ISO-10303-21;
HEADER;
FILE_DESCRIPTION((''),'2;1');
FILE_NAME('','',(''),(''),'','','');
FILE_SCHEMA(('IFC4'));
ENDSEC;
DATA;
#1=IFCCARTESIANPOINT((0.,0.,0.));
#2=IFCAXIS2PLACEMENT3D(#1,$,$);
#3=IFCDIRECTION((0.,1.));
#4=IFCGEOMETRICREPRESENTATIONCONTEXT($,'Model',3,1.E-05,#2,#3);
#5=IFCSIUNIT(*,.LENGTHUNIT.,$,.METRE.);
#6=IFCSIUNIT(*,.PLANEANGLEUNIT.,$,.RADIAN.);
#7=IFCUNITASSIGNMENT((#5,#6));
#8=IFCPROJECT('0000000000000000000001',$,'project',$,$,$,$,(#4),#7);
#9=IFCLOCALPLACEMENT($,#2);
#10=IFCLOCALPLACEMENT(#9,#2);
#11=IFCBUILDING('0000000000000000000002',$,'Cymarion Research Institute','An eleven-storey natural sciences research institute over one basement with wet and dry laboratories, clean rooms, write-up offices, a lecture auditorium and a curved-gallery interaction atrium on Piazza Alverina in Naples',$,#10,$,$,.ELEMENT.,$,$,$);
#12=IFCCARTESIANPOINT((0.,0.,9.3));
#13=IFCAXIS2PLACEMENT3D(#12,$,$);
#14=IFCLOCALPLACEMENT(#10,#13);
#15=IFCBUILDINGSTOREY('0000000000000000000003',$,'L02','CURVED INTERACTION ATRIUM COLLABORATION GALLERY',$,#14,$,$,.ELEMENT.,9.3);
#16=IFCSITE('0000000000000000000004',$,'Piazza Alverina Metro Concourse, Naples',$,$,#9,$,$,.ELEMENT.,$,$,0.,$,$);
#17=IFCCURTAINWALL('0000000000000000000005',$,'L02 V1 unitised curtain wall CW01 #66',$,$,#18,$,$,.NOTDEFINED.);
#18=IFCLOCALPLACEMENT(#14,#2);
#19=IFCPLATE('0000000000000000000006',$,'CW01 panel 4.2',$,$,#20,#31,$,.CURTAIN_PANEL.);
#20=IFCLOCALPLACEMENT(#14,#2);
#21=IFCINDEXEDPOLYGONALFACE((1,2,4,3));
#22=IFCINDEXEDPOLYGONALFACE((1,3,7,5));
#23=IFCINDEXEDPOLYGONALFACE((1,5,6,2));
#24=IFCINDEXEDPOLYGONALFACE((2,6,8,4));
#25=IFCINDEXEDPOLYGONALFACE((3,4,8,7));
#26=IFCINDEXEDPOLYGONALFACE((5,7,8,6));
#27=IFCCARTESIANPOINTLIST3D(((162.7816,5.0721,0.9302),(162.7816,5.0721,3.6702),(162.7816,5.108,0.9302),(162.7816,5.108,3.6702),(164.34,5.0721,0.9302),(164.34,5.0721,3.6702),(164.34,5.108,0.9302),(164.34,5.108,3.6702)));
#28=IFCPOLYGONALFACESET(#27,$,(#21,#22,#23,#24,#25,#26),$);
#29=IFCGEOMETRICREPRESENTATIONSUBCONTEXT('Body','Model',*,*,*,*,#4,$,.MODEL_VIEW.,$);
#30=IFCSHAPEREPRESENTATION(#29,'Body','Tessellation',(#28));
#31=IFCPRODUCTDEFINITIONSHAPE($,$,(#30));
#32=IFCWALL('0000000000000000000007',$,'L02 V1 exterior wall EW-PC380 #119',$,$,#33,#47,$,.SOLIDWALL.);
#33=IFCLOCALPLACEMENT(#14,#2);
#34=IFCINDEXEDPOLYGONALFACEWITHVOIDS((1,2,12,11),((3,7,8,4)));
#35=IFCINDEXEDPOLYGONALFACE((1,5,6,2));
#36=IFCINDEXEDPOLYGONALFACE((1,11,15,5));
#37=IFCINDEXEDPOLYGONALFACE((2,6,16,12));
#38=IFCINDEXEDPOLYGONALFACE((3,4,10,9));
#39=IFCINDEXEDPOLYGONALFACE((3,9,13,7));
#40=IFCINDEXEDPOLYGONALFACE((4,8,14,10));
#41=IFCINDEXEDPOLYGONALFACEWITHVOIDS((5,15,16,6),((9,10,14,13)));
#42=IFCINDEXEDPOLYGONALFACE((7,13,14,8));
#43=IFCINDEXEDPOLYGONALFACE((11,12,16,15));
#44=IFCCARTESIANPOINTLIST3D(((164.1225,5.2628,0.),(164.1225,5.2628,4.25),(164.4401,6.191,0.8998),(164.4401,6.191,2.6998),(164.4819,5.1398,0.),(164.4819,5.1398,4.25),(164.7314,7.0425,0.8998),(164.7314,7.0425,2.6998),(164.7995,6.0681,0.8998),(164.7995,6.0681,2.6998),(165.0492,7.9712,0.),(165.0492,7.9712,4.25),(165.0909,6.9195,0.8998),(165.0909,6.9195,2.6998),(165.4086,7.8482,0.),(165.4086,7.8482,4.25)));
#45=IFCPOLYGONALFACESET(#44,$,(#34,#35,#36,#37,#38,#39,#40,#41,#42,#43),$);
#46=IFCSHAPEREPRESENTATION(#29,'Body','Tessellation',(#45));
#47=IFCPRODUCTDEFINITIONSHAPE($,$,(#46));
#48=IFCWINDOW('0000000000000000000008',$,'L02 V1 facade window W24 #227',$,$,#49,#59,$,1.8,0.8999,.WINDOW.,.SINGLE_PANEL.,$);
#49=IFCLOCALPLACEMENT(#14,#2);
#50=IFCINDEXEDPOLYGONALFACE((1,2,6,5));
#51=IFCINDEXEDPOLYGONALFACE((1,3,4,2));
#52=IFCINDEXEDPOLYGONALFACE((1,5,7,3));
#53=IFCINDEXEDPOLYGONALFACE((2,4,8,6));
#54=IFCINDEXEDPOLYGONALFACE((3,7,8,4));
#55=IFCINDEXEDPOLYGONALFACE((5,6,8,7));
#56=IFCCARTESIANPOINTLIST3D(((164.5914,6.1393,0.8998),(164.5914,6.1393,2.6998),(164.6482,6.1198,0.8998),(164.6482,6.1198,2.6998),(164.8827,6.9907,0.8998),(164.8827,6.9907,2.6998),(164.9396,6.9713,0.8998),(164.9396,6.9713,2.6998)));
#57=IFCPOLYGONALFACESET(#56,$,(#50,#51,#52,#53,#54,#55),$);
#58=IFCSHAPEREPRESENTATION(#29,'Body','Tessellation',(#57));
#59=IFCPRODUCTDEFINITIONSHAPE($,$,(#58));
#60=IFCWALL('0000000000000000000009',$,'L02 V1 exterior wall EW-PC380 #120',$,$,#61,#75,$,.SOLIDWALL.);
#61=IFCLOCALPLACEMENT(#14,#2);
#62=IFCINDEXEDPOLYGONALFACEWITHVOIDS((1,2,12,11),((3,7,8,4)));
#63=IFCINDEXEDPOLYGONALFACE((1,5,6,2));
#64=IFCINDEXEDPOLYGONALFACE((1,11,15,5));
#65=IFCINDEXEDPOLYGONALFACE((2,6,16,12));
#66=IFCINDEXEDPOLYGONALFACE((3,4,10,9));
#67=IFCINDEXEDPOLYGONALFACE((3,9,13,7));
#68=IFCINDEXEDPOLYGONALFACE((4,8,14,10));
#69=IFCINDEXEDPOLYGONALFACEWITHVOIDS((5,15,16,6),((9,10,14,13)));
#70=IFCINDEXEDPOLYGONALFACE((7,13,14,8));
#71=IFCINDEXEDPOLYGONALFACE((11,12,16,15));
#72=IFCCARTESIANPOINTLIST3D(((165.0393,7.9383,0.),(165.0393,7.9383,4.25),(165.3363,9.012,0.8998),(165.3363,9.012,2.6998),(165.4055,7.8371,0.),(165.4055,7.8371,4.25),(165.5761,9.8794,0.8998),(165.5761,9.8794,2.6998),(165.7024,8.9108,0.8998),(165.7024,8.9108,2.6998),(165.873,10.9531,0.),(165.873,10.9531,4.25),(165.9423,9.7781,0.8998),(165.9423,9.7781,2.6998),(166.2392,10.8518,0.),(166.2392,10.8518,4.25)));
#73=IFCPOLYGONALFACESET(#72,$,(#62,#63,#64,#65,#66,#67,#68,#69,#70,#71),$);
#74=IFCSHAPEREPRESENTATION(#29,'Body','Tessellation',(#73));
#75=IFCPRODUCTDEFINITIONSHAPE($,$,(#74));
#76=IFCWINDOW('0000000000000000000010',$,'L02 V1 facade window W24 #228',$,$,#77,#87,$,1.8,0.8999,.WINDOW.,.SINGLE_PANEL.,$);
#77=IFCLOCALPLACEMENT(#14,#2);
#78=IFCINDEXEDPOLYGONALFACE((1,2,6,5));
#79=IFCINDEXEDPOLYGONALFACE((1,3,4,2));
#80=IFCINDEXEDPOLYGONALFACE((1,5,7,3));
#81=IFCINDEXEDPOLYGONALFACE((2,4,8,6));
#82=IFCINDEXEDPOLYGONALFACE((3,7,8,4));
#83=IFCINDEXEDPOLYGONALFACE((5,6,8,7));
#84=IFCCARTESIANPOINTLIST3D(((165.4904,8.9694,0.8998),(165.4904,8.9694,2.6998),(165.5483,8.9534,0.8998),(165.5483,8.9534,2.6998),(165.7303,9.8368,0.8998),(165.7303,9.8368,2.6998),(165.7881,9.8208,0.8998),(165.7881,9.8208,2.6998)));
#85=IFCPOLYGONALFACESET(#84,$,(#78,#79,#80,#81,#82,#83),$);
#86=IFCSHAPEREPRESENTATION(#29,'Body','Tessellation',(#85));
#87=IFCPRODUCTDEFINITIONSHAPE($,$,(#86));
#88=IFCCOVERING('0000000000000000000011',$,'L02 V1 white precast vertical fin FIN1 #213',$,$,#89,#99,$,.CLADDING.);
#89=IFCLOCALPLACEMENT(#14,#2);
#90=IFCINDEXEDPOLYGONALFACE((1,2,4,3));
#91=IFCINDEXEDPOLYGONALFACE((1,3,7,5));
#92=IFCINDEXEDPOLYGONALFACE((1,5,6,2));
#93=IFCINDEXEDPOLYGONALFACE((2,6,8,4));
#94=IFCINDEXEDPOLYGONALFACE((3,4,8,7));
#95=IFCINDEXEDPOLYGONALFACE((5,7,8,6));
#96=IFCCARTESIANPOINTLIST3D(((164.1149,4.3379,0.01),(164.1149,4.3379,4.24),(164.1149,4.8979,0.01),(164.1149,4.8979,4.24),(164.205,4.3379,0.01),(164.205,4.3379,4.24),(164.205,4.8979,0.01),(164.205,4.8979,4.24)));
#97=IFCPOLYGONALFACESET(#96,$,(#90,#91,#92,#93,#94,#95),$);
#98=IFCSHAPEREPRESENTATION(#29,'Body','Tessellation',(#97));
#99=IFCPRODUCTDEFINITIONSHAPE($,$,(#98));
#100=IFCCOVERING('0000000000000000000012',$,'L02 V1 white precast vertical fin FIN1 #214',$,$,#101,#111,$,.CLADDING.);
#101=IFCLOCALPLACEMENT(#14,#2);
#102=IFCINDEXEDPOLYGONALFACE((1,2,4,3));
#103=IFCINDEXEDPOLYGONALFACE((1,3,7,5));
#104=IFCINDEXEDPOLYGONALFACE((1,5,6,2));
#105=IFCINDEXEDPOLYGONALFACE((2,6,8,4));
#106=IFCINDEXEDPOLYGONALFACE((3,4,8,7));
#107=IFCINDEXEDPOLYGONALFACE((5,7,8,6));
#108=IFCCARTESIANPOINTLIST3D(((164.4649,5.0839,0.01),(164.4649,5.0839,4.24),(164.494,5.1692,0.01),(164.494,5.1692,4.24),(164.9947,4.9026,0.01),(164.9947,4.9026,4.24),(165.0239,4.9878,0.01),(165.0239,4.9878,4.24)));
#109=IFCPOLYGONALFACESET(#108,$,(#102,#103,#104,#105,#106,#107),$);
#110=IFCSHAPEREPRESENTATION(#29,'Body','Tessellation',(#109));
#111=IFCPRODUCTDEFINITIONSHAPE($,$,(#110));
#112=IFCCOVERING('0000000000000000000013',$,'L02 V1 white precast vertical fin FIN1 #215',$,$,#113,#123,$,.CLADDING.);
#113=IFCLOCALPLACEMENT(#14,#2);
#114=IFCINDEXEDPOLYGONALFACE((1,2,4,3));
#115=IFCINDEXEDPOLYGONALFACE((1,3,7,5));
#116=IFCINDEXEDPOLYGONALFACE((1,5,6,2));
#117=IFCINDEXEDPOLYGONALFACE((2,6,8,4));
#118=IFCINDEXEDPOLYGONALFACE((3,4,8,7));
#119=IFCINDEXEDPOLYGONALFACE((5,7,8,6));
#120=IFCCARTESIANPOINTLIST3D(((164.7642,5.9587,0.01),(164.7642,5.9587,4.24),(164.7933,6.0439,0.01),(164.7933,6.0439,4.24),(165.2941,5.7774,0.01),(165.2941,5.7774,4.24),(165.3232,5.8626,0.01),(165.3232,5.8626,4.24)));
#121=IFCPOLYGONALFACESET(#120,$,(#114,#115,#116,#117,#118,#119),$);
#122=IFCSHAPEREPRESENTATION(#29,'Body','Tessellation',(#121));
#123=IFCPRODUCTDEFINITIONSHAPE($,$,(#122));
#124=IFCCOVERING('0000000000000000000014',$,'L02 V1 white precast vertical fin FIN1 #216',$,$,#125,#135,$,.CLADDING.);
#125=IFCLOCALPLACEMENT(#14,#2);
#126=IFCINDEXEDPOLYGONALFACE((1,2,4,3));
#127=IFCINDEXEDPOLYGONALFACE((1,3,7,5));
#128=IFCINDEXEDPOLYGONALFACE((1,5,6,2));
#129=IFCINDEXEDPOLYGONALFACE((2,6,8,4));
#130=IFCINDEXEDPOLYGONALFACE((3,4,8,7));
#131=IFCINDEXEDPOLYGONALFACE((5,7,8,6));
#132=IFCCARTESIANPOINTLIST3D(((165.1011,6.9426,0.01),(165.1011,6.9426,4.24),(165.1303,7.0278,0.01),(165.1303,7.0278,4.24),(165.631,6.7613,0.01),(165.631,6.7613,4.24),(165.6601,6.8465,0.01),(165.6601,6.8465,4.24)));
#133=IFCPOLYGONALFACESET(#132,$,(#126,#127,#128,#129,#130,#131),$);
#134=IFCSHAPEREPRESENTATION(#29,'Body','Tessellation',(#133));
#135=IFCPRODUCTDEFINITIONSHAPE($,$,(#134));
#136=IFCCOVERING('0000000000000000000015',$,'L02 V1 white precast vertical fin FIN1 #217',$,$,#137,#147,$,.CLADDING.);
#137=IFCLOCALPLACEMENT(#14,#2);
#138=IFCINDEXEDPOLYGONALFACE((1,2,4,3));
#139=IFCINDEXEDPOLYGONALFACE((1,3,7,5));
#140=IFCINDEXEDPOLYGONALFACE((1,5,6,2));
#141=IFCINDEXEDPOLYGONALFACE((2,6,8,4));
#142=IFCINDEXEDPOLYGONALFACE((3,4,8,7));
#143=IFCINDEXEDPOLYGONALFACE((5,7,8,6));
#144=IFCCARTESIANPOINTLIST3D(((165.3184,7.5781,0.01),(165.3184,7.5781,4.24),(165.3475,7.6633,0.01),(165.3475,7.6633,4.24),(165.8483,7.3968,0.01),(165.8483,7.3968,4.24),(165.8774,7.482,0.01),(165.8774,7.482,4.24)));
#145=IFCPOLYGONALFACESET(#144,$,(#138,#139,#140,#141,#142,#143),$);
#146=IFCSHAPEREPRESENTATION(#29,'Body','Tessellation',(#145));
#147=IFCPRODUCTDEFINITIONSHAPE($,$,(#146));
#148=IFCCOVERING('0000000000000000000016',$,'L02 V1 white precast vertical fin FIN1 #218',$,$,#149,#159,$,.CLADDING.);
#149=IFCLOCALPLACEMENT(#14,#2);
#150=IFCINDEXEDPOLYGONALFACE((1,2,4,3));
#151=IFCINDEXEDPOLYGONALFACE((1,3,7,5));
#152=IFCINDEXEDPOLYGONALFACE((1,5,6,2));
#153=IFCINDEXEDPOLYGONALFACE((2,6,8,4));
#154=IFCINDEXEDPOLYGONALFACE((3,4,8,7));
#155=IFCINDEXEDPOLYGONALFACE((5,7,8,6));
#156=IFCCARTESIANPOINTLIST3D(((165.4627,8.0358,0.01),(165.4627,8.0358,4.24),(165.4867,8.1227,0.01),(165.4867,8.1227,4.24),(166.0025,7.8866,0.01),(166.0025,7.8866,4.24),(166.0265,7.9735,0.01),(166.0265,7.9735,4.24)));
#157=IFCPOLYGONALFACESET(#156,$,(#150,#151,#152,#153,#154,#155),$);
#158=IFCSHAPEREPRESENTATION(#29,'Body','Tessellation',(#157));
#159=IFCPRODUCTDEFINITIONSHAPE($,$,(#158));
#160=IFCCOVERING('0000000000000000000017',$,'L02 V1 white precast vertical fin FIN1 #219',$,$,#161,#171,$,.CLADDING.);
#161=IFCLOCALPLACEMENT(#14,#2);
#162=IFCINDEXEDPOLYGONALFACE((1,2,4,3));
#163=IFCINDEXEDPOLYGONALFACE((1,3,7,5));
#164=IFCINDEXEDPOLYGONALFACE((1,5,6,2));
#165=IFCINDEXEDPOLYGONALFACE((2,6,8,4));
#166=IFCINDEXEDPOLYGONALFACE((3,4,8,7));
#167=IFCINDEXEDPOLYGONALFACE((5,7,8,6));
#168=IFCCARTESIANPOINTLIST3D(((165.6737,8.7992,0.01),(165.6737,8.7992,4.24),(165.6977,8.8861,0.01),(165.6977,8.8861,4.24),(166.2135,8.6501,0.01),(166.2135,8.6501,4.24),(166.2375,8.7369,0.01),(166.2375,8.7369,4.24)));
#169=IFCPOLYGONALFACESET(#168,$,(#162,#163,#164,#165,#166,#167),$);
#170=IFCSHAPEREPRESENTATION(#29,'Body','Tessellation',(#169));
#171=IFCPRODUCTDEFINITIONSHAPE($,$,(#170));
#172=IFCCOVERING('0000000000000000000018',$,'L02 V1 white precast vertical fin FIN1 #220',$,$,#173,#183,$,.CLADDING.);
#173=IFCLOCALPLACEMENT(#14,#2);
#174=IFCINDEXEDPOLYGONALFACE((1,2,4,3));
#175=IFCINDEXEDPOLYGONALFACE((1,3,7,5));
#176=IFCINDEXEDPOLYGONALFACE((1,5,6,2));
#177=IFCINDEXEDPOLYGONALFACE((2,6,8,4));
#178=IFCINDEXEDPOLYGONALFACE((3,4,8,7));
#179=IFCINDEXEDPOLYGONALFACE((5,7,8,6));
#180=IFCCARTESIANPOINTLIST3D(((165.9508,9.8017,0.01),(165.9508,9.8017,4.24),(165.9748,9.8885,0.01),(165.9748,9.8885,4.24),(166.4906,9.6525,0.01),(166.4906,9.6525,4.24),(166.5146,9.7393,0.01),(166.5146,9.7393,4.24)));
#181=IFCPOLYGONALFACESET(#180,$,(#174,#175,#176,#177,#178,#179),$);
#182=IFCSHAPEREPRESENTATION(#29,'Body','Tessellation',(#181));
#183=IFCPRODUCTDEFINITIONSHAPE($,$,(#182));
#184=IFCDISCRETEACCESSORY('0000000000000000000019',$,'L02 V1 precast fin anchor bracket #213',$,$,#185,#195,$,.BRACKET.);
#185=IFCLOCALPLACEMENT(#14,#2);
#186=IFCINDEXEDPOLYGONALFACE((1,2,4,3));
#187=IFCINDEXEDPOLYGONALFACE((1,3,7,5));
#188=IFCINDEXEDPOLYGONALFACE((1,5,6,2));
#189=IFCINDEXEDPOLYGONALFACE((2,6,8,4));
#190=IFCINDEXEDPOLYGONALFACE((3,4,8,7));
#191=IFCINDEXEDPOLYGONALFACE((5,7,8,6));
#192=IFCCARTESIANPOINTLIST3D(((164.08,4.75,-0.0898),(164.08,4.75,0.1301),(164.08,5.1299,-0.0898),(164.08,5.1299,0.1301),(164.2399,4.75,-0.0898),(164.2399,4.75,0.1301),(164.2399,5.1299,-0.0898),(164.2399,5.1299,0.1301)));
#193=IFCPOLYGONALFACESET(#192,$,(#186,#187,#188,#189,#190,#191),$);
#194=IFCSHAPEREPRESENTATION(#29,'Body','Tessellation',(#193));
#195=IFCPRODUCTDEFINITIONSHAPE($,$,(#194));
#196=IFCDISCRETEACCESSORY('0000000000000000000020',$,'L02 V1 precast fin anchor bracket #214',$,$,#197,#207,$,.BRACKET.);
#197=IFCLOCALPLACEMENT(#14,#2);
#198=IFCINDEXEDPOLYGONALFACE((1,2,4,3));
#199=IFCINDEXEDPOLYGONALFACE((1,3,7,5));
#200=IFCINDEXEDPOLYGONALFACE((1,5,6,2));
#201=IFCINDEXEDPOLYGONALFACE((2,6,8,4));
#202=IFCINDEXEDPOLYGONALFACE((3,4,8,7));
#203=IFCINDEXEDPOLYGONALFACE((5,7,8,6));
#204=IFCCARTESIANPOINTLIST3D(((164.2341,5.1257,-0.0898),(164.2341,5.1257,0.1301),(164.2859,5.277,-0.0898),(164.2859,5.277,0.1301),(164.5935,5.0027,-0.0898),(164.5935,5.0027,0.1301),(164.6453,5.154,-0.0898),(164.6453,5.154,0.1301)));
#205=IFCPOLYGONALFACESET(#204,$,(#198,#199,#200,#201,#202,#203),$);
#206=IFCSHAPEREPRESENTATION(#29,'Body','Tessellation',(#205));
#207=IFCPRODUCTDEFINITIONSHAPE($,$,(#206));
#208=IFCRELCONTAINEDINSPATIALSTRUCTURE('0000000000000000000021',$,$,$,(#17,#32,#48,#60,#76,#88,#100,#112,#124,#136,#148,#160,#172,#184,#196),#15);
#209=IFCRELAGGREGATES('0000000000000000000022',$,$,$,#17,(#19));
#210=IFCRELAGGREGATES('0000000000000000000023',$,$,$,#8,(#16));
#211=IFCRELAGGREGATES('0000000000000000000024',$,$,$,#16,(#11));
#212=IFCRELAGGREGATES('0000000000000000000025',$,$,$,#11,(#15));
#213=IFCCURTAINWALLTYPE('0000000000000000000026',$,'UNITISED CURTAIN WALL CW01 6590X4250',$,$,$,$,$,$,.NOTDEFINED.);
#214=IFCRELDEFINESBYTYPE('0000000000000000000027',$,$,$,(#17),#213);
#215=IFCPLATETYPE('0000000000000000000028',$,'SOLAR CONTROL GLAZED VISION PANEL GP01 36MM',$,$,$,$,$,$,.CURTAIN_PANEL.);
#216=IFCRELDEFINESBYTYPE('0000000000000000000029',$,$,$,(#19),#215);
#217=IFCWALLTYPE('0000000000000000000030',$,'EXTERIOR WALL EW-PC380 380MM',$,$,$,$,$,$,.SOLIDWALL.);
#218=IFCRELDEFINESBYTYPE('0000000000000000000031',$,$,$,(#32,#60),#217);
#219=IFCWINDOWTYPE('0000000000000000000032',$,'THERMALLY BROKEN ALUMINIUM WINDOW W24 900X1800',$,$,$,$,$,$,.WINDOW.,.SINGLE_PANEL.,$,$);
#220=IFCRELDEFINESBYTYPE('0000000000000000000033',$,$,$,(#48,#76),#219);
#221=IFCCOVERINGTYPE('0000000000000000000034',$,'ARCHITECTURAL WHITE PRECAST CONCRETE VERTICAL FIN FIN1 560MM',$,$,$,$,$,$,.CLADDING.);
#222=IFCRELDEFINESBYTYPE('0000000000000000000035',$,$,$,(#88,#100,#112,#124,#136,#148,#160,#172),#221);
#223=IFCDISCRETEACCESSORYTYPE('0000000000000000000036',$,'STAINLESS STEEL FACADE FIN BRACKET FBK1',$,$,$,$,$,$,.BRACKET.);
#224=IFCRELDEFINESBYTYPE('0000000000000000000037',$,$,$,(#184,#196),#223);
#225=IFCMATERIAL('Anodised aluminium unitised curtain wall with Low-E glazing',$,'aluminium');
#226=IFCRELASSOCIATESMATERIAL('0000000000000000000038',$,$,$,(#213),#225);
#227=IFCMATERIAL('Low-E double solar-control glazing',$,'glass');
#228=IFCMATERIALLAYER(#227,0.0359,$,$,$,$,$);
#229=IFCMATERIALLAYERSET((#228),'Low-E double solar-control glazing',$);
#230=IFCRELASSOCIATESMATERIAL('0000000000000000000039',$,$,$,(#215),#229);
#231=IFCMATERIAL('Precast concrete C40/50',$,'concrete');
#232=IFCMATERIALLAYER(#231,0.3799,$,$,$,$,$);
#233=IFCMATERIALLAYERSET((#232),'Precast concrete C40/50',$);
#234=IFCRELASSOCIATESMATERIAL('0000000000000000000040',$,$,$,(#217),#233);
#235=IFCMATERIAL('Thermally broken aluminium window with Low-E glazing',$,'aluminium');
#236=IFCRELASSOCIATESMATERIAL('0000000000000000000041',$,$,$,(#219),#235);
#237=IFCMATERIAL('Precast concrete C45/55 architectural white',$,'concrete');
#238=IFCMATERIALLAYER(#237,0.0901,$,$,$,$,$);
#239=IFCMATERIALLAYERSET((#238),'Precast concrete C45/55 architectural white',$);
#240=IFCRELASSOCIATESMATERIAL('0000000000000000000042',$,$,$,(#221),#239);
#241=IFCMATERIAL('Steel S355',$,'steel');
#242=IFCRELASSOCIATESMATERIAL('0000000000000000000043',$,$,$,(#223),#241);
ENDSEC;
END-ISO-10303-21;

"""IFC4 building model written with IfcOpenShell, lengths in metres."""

from ifc_helpers import new_model, si_unit, direction, frame, frame_2d, origin, origin_2d, place, context, subcontext, project, spatial, rectangle, extrude, material, layer, layer_set, type_object, element, fill, aggregate, save


model = new_model("IFC4")

# Units and contexts
model_context = context("Model", 3, precision=1e-05, world=origin(), true_north=direction((0.0, 1.0)))
body_context = subcontext(model_context, "Body", "Model", "MODEL_VIEW")
ifc_project = project(units=[si_unit("LENGTHUNIT", "METRE"), si_unit("PLANEANGLEUNIT", "RADIAN")], contexts=[model_context])

# Site, building, storey
site_placement = place(None, origin())
site = spatial("IfcSite", under=ifc_project, at=site_placement, Name="Piazza Alverina Metro Concourse, Naples", CompositionType="ELEMENT", RefElevation=0.0)
building_placement = place(site_placement, origin())
building = spatial("IfcBuilding", under=site, at=building_placement, Name="Cymarion Research Institute", Description="An eleven-storey natural sciences research institute over one basement with wet and dry laboratories, clean rooms, write-up offices, a lecture auditorium and a curved-gallery interaction atrium on Piazza Alverina in Naples", CompositionType="ELEMENT")
storey_placement = place(building_placement, frame((0.0, 0.0, 9.3)))
storey = spatial("IfcBuildingStorey", under=building, at=storey_placement, Name="L02", Description="CURVED INTERACTION ATRIUM COLLABORATION GALLERY", CompositionType="ELEMENT", Elevation=9.3)

# Shared definitions
ifc_material_1 = material(Name="Steel S355", Category="steel")

# Curtain wall
ifc_material_2 = material(Name="Anodised aluminium unitised curtain wall with Low-E glazing", Category="aluminium")
curtain_wall_type = type_object("IfcCurtainWallType", Name="UNITISED CURTAIN WALL CW01 6590X4250", PredefinedType="NOTDEFINED", material=ifc_material_2)
curtain_wall_placement = place(storey_placement, origin())
curtain_wall = element("IfcCurtainWall", 1, at=curtain_wall_placement, inside=storey, type_object=curtain_wall_type, Name="L02 V1 unitised curtain wall CW01 #66", PredefinedType="NOTDEFINED")

# Plate
ifc_material_3 = material(Name="Low-E double solar-control glazing", Category="glass")
ifc_layer_1 = layer(ifc_material_3, 0.0359)
ifc_layer_set_1 = layer_set([ifc_layer_1], Name="Low-E double solar-control glazing")
plate_type_1 = type_object("IfcPlateType", Name="SOLAR CONTROL GLAZED VISION PANEL GP01 36MM", PredefinedType="CURTAIN_PANEL", material=ifc_layer_set_1)
plate_1_placement = place(storey_placement, frame((163.5608, 5.0901, 0.9302), z_axis=(0.0, 0.0, 1.0), x_axis=(1.0, 0.0, 0.0)))
plate_1 = element("IfcPlate", 2, at=plate_1_placement, type_object=plate_type_1, Name="CW01 panel 4.2", PredefinedType="CURTAIN_PANEL", context=body_context, shape_type="SweptSolid", body=[
    extrude(rectangle(XDim=1.5583, YDim=0.0359, at=origin_2d()), origin(), (0.0, 0.0, 1.0), 2.74),
])
aggregate(curtain_wall, [plate_1])

# Walls, openings, windows
ifc_material_4 = material(Name="Precast concrete C40/50", Category="concrete")
ifc_layer_2 = layer(ifc_material_4, 0.3799)
ifc_layer_set_2 = layer_set([ifc_layer_2], Name="Precast concrete C40/50")
wall_type = type_object("IfcWallType", Name="EXTERIOR WALL EW-PC380 380MM", PredefinedType="SOLIDWALL", material=ifc_layer_set_2)
wall_1_placement = place(storey_placement, frame((164.3022, 5.2014, 0.0), z_axis=(0.0, 0.0, 1.0), x_axis=(0.32374, 0.946146, 0.0)))
wall_1 = element("IfcWall", 3, at=wall_1_placement, inside=storey, type_object=wall_type, Name="L02 V1 exterior wall EW-PC380 #119", PredefinedType="SOLIDWALL", context=body_context, shape_type="SweptSolid", body=[
    extrude(rectangle(XDim=2.8625, YDim=0.3799, at=frame_2d((1.4312, 0.0))), origin(), (0.0, 0.0, 1.0), 4.25),
])
opening_1_placement = place(wall_1_placement, frame((0.981, 0.0, 0.8999)))
opening_1 = element("IfcOpeningElement", 4, at=opening_1_placement, cuts=wall_1, PredefinedType="OPENING", context=body_context, shape_type="SweptSolid", body=[
    extrude(rectangle(XDim=0.8999, YDim=1.8, at=frame_2d((0.45, 0.8999))), frame((0.0, 0.2, 0.0), z_axis=(0.0, -1.0, 0.0), x_axis=(1.0, 0.0, 0.0)), (0.0, 0.0, 1.0), 0.3999),
])
ifc_material_5 = material(Name="Thermally broken aluminium window with Low-E glazing", Category="aluminium")
window_type = type_object("IfcWindowType", Name="THERMALLY BROKEN ALUMINIUM WINDOW W24 900X1800", PartitioningType="SINGLE_PANEL", PredefinedType="WINDOW", material=ifc_material_5)
window_1_placement = place(opening_1_placement, origin())
window_1 = element("IfcWindow", 5, at=window_1_placement, inside=storey, type_object=window_type, Name="L02 V1 facade window W24 #227", OverallHeight=1.8, OverallWidth=0.8999, PartitioningType="SINGLE_PANEL", PredefinedType="WINDOW", context=body_context, shape_type="SweptSolid", body=[
    extrude(rectangle(XDim=0.8999, YDim=1.8, at=frame_2d((0.45, 0.8999))), frame((0.0, 0.03, 0.0), z_axis=(0.0, -1.0, 0.0), x_axis=(1.0, 0.0, 0.0)), (0.0, 0.0, 1.0), 0.0601),
])
fill(opening_1, window_1)
wall_2_placement = place(storey_placement, frame((165.2224, 7.8877, 0.0), z_axis=(0.0, 0.0, 1.0), x_axis=(0.266537, 0.963825, 0.0)))
wall_2 = element("IfcWall", 6, at=wall_2_placement, inside=storey, type_object=wall_type, Name="L02 V1 exterior wall EW-PC380 #120", PredefinedType="SOLIDWALL", context=body_context, shape_type="SweptSolid", body=[
    extrude(rectangle(XDim=3.1279, YDim=0.3799, at=frame_2d((1.564, 0.0))), origin(), (0.0, 0.0, 1.0), 4.25),
])
opening_2_placement = place(wall_2_placement, frame((1.114, 0.0, 0.8999)))
opening_2 = element("IfcOpeningElement", 7, at=opening_2_placement, cuts=wall_2, PredefinedType="OPENING", context=body_context, shape_type="SweptSolid", body=[
    extrude(rectangle(XDim=0.8999, YDim=1.8, at=frame_2d((0.45, 0.8999))), frame((0.0, 0.2, 0.0), z_axis=(0.0, -1.0, 0.0), x_axis=(1.0, 0.0, 0.0)), (0.0, 0.0, 1.0), 0.3999),
])
window_2_placement = place(opening_2_placement, origin())
window_2 = element("IfcWindow", 8, at=window_2_placement, inside=storey, type_object=window_type, Name="L02 V1 facade window W24 #228", OverallHeight=1.8, OverallWidth=0.8999, PartitioningType="SINGLE_PANEL", PredefinedType="WINDOW", context=body_context, shape_type="SweptSolid", body=[
    extrude(rectangle(XDim=0.8999, YDim=1.8, at=frame_2d((0.45, 0.8999))), frame((0.0, 0.03, 0.0), z_axis=(0.0, -1.0, 0.0), x_axis=(1.0, 0.0, 0.0)), (0.0, 0.0, 1.0), 0.0601),
])
fill(opening_2, window_2)

# Coverings
ifc_material_6 = material(Name="Precast concrete C45/55 architectural white", Category="concrete")
ifc_layer_3 = layer(ifc_material_6, 0.0901)
ifc_layer_set_3 = layer_set([ifc_layer_3], Name="Precast concrete C45/55 architectural white")
covering_type = type_object("IfcCoveringType", Name="ARCHITECTURAL WHITE PRECAST CONCRETE VERTICAL FIN FIN1 560MM", PredefinedType="CLADDING", material=ifc_layer_set_3)
for number, where, z_axis, x_axis, name in (
    (9, (164.1599, 4.6179, 0.01), (0.0, 0.0, 1.0), (0.0, -1.0, 0.0), "L02 V1 white precast vertical fin FIN1 #213"),
    (10, (164.7444, 5.0359, 0.01), (0.0, 0.0, 1.0), (0.946142, -0.323752, 0.0), "L02 V1 white precast vertical fin FIN1 #214"),
    (11, (165.0437, 5.9106, 0.01), (0.0, 0.0, 1.0), (0.946142, -0.323752, 0.0), "L02 V1 white precast vertical fin FIN1 #215"),
    (12, (165.3806, 6.8945, 0.01), (0.0, 0.0, 1.0), (0.946142, -0.323752, 0.0), "L02 V1 white precast vertical fin FIN1 #216"),
    (13, (165.5979, 7.53, 0.01), (0.0, 0.0, 1.0), (0.946142, -0.323752, 0.0), "L02 V1 white precast vertical fin FIN1 #217"),
    (14, (165.7446, 8.0046, 0.01), (0.0, 0.0, 1.0), (0.963863, -0.266397, 0.0), "L02 V1 white precast vertical fin FIN1 #218"),
    (15, (165.9556, 8.7681, 0.01), (0.0, 0.0, 1.0), (0.963863, -0.266397, 0.0), "L02 V1 white precast vertical fin FIN1 #219"),
    (16, (166.2327, 9.7705, 0.01), (0.0, 0.0, 1.0), (0.963863, -0.266397, 0.0), "L02 V1 white precast vertical fin FIN1 #220"),
):
    element("IfcCovering", number, at=place(storey_placement, frame(where, z_axis=z_axis, x_axis=x_axis)), inside=storey, type_object=covering_type, Name=name, PredefinedType="CLADDING", context=body_context, shape_type="SweptSolid", body=[
        extrude(rectangle(XDim=0.5601, YDim=0.0901, at=origin_2d()), origin(), (0.0, 0.0, 1.0), 4.23),
    ])

# Discrete accessories
discrete_accessory_type = type_object("IfcDiscreteAccessoryType", Name="STAINLESS STEEL FACADE FIN BRACKET FBK1", PredefinedType="BRACKET", material=ifc_material_1)
for number, where, z_axis, x_axis, name in (
    (17, (164.1599, 4.9399, -0.0898), (0.0, 0.0, 1.0), (0.0, -1.0, 0.0), "L02 V1 precast fin anchor bracket #213"),
    (18, (164.4397, 5.1399, -0.0898), (0.0, 0.0, 1.0), (0.946142, -0.323752, 0.0), "L02 V1 precast fin anchor bracket #214"),
):
    element("IfcDiscreteAccessory", number, at=place(storey_placement, frame(where, z_axis=z_axis, x_axis=x_axis)), inside=storey, type_object=discrete_accessory_type, Name=name, PredefinedType="BRACKET", context=body_context, shape_type="SweptSolid", body=[
        extrude(rectangle(XDim=0.3799, YDim=0.1599, at=origin_2d()), origin(), (0.0, 0.0, 1.0), 0.22),
    ])

save(model, "model.ifc")
